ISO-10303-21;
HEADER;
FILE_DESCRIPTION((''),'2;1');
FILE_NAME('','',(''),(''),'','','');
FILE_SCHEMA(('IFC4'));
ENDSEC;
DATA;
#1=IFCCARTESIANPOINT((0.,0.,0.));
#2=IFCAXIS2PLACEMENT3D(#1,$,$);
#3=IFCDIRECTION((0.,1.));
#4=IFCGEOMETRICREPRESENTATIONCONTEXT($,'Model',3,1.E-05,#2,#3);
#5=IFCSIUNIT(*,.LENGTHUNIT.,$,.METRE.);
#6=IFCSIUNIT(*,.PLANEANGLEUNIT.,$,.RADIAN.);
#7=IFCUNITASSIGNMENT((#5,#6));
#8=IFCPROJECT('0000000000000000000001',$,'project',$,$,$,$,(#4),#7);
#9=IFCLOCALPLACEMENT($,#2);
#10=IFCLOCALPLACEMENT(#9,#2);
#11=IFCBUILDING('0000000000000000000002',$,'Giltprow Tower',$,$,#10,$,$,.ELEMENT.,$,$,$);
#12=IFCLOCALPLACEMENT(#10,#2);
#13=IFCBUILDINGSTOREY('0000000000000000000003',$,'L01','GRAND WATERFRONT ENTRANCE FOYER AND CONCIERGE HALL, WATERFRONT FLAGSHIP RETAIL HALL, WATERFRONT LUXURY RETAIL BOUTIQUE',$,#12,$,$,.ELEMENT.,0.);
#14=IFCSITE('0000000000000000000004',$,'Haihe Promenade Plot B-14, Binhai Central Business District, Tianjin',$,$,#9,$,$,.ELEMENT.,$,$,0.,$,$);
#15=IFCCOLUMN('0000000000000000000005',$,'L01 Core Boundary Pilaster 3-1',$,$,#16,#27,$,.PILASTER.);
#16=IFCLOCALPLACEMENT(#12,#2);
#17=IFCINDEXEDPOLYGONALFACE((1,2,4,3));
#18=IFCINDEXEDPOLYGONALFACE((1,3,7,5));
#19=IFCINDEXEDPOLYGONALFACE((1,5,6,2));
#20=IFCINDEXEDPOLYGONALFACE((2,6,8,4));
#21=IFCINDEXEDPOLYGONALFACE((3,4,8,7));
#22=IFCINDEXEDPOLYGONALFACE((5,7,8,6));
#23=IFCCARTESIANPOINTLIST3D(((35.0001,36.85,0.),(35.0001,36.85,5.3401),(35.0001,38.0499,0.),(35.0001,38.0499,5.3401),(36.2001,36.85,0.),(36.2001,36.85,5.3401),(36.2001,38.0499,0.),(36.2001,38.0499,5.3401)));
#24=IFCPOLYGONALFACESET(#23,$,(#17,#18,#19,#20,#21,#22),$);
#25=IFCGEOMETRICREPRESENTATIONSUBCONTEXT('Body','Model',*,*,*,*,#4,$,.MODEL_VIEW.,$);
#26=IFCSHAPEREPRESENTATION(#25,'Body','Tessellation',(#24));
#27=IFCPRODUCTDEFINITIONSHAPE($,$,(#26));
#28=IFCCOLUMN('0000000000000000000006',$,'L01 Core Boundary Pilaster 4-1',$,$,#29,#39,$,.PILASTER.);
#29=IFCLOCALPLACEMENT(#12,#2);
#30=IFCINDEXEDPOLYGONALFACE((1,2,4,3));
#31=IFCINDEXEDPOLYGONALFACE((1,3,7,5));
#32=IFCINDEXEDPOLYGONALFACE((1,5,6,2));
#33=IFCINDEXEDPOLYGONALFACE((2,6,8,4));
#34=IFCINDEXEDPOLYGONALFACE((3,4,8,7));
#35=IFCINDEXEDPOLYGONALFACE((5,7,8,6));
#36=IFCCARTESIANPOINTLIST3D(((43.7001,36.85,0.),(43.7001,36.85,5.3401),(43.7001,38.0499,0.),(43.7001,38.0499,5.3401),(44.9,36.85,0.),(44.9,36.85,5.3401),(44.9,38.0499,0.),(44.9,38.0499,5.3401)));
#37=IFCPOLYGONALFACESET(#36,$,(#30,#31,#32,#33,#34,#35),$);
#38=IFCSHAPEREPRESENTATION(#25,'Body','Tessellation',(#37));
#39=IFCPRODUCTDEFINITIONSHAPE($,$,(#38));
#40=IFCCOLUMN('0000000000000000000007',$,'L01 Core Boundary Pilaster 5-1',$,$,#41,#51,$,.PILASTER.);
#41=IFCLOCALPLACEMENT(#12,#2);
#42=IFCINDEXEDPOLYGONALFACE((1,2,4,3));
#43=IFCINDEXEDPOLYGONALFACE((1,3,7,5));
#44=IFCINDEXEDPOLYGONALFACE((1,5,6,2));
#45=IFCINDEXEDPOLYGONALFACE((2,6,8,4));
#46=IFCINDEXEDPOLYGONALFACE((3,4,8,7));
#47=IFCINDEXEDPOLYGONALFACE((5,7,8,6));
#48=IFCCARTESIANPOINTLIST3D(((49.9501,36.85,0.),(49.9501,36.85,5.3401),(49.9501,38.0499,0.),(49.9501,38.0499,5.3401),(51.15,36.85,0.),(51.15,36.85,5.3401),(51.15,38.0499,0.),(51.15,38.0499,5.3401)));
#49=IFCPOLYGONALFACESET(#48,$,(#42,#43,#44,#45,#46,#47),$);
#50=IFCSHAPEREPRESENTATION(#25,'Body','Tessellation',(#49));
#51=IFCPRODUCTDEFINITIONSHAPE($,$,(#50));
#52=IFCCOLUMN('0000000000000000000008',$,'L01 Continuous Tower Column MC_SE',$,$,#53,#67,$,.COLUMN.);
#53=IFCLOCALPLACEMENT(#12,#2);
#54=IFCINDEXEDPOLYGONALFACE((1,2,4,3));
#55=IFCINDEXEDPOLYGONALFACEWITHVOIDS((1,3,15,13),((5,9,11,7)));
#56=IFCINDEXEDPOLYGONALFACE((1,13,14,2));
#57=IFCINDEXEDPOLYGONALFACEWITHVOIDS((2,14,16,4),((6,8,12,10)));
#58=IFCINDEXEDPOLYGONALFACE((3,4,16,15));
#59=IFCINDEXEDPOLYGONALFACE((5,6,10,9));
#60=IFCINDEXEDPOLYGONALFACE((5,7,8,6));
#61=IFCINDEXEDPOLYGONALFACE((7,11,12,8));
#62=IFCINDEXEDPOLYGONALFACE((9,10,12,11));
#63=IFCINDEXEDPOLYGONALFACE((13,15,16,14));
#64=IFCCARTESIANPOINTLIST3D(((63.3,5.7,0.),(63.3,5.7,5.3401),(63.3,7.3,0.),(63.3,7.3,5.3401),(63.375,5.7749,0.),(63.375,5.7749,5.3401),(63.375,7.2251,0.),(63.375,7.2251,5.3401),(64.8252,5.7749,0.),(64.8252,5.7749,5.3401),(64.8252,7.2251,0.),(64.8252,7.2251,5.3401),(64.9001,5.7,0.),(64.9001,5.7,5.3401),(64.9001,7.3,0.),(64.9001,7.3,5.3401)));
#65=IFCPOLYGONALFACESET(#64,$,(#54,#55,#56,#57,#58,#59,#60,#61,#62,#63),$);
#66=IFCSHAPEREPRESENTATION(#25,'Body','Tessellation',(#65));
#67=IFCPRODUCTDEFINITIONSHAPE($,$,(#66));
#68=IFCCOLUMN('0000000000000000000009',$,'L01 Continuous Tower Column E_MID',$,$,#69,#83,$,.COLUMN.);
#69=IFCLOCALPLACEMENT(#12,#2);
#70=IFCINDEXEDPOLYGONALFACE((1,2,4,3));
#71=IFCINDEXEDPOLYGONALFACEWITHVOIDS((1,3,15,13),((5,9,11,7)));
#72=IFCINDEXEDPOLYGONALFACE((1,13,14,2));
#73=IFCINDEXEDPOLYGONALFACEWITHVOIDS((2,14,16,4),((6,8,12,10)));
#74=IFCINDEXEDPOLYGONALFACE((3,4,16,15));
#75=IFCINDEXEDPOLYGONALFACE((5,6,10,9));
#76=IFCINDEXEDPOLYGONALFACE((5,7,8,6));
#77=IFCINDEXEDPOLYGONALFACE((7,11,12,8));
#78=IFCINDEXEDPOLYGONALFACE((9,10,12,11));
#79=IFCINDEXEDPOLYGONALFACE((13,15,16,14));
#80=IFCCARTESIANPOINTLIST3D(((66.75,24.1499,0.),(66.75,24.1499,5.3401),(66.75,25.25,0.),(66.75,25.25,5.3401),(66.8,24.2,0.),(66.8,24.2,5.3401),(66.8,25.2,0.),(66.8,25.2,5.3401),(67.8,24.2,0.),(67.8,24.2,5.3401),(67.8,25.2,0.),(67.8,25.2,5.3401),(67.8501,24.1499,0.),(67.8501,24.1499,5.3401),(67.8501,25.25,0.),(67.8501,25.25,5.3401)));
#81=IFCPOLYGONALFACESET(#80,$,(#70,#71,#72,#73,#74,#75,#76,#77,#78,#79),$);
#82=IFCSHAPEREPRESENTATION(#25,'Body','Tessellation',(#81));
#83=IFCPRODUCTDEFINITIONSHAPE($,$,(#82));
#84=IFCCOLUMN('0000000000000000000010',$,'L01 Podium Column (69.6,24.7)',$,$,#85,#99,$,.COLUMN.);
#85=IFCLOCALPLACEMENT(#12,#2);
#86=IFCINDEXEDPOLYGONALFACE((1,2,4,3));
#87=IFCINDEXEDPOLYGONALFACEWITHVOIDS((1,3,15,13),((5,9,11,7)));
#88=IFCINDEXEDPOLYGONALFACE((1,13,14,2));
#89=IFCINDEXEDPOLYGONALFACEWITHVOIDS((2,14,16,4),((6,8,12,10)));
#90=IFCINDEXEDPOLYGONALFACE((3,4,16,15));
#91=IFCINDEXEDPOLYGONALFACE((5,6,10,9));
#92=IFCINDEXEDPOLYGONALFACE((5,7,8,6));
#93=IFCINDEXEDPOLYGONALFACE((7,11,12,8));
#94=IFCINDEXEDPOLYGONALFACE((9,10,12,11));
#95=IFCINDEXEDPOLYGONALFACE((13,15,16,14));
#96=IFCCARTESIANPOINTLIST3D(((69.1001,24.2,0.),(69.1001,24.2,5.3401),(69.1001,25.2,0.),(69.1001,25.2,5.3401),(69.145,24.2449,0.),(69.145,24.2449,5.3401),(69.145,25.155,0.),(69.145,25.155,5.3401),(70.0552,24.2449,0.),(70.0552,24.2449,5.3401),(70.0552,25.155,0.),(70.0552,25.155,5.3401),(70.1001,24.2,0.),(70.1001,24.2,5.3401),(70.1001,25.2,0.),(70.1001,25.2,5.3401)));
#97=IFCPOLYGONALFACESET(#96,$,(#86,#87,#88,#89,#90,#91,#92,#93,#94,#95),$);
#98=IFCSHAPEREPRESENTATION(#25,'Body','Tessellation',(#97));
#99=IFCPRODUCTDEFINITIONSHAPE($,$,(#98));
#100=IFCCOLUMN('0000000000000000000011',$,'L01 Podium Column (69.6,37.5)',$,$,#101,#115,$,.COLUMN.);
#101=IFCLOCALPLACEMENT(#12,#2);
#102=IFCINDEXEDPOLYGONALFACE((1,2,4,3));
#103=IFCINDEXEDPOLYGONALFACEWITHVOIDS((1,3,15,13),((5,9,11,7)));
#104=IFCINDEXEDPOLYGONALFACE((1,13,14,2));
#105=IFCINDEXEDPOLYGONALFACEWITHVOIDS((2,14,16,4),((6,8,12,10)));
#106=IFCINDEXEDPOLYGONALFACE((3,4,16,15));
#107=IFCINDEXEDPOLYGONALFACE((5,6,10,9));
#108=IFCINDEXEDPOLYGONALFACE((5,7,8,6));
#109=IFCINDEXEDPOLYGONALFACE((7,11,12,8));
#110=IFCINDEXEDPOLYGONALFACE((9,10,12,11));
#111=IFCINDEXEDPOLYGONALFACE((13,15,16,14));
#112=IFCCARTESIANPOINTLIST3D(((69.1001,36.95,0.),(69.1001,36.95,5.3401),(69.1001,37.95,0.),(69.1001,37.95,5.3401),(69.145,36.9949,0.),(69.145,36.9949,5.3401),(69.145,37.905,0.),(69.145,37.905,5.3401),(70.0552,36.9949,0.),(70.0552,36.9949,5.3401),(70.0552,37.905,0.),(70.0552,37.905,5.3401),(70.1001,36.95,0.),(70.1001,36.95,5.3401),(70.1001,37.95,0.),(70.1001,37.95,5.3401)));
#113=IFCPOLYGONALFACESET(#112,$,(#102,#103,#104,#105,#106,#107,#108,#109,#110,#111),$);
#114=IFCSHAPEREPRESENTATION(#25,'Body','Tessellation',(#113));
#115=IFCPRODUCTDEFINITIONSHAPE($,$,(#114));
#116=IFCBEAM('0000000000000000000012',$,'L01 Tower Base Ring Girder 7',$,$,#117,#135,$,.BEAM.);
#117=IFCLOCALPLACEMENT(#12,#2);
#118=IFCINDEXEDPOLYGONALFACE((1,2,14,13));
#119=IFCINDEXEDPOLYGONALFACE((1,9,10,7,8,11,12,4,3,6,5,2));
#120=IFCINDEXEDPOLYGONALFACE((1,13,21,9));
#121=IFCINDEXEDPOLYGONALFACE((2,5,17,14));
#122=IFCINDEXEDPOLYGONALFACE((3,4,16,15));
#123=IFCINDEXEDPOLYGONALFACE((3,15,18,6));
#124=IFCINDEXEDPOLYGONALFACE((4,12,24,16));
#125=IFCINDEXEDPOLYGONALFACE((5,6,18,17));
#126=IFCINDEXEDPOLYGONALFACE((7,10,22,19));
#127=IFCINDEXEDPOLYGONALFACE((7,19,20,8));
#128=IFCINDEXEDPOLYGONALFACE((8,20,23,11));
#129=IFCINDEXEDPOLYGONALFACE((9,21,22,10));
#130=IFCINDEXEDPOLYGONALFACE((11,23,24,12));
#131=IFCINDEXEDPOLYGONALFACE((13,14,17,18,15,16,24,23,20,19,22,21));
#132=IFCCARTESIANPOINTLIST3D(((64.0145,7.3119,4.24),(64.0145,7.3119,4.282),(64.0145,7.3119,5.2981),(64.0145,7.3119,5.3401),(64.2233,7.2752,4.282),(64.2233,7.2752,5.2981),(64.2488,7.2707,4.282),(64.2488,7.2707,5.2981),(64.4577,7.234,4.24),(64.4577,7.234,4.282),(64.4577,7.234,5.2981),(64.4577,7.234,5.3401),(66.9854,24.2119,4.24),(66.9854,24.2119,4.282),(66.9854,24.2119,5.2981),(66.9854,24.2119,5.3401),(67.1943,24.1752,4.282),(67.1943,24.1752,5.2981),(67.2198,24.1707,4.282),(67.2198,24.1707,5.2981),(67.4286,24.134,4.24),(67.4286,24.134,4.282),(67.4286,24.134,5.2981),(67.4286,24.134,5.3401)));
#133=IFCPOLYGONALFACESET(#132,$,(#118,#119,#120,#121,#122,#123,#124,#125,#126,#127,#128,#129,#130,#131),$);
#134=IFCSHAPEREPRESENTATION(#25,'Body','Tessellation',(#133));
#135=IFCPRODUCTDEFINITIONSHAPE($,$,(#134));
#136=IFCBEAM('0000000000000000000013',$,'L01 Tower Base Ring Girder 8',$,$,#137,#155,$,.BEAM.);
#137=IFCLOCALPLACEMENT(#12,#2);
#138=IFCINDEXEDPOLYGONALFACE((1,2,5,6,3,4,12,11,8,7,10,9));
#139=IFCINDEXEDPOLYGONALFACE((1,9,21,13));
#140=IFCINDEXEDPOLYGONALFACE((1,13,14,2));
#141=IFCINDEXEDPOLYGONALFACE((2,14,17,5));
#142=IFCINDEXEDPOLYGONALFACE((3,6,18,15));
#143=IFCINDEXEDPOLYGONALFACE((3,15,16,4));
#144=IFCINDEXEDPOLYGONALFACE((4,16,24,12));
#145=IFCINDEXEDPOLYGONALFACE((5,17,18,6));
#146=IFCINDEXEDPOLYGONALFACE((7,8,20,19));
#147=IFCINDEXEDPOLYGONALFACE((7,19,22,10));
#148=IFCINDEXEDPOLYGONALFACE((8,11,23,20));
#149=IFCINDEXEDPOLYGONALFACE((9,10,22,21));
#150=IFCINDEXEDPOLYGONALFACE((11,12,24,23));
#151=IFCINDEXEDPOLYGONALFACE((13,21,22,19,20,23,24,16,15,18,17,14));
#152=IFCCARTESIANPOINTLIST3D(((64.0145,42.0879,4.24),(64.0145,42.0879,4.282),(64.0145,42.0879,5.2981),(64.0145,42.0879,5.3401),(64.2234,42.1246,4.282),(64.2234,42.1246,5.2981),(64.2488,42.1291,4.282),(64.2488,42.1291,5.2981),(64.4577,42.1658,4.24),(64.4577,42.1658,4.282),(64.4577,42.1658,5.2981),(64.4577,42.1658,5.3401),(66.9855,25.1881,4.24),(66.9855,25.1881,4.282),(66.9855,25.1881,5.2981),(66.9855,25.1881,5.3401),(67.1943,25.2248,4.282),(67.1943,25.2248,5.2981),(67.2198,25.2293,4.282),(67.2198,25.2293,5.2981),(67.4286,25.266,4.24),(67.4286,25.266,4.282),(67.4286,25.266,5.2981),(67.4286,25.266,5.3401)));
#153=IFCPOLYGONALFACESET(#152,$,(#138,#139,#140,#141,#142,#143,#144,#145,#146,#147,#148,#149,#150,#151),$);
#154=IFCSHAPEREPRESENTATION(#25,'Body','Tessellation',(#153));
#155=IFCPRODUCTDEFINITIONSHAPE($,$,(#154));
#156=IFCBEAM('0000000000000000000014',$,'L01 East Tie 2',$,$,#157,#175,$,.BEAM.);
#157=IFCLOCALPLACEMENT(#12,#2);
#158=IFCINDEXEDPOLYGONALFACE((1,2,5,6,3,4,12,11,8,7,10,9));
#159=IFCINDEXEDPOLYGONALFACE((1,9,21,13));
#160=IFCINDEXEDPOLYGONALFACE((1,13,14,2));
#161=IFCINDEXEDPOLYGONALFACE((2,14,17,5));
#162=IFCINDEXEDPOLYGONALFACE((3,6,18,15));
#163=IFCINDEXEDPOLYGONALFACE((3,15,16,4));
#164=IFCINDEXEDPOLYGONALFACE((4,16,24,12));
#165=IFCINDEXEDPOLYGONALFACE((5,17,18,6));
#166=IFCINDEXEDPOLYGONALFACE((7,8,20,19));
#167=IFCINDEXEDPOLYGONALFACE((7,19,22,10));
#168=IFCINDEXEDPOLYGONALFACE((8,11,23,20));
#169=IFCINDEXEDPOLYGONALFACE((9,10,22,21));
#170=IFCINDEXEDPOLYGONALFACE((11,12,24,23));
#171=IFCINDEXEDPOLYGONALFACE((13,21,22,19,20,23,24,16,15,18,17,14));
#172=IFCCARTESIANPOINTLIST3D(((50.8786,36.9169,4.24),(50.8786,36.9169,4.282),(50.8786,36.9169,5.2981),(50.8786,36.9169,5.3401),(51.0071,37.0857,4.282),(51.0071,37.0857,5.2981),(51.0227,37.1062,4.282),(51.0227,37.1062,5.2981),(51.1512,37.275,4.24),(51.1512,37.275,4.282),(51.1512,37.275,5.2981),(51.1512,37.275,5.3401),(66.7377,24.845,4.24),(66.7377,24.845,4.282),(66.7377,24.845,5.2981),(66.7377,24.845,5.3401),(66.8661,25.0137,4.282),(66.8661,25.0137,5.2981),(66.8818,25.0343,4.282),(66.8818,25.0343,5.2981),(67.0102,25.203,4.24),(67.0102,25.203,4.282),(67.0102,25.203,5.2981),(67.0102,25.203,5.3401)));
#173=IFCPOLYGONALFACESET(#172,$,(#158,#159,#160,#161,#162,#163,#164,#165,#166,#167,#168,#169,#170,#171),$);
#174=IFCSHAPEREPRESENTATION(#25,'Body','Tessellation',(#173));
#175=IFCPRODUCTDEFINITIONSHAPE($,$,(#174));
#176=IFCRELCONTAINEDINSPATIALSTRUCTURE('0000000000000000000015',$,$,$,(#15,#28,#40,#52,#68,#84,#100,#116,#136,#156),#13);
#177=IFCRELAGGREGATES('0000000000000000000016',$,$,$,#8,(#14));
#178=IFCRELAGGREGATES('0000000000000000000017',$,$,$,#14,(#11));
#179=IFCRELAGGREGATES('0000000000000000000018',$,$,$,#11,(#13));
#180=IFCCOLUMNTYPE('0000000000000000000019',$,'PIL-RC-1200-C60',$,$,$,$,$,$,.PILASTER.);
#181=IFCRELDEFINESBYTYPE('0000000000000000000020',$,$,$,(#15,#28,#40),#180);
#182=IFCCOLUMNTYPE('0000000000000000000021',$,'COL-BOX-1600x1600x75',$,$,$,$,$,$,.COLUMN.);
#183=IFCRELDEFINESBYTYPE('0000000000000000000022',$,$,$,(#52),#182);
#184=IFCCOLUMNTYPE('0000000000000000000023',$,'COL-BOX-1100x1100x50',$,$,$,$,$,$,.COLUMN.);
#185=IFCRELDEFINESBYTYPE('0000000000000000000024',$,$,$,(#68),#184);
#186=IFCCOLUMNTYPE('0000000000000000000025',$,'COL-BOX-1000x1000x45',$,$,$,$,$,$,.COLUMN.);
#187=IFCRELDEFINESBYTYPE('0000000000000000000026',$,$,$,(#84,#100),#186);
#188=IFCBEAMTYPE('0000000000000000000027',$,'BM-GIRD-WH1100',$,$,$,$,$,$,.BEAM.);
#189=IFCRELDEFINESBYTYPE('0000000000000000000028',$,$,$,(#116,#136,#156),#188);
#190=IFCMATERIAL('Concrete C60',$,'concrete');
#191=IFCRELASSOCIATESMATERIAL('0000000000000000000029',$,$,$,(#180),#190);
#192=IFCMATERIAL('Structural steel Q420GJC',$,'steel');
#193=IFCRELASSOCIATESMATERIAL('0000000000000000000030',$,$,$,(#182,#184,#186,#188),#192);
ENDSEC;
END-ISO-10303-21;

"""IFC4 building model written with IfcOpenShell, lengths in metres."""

from ifc_helpers import new_model, si_unit, direction, frame, origin, origin_2d, place, context, subcontext, project, spatial, rectangle, hollow_rectangle, i_section, extrude, source, transform, mapped, material, material_profile, profile_set, type_object, element, save


model = new_model("IFC4")

# Units and contexts
model_context = context("Model", 3, precision=1e-05, world=origin(), true_north=direction((0.0, 1.0)))
body_context = subcontext(model_context, "Body", "Model", "MODEL_VIEW")
ifc_project = project(units=[si_unit("LENGTHUNIT", "METRE"), si_unit("PLANEANGLEUNIT", "RADIAN")], contexts=[model_context])

# Site, building, storey
site_placement = place(None, origin())
site = spatial("IfcSite", under=ifc_project, at=site_placement, Name="Haihe Promenade Plot B-14, Binhai Central Business District, Tianjin", CompositionType="ELEMENT", RefElevation=0.0)
building_placement = place(site_placement, origin())
building = spatial("IfcBuilding", under=site, at=building_placement, Name="Giltprow Tower", CompositionType="ELEMENT")
storey_placement = place(building_placement, origin())
storey = spatial("IfcBuildingStorey", under=building, at=storey_placement, Name="L01", Description="GRAND WATERFRONT ENTRANCE FOYER AND CONCIERGE HALL, WATERFRONT FLAGSHIP RETAIL HALL, WATERFRONT LUXURY RETAIL BOUTIQUE", CompositionType="ELEMENT", Elevation=0.0)

# Columns
ifc_material_1 = material(Name="Concrete C60", Category="concrete")
ifc_material_profile_1 = material_profile(ifc_material_1, rectangle(XDim=1.2, YDim=1.2, at=origin_2d()), Name="RC 1200x1200")
ifc_profile_set_1 = profile_set([ifc_material_profile_1], Name="Concrete C60")
column_type_1 = type_object("IfcColumnType", Name="PIL-RC-1200-C60", PredefinedType="PILASTER", material=ifc_profile_set_1)
shared_shape_1 = source(origin(), body_context, "Body", "SweptSolid", [
    extrude(rectangle(XDim=1.2, YDim=1.2, at=origin_2d()), origin(), (0.0, 0.0, 1.0), 5.3401),
])
for number, where, z_axis, x_axis, name in (
    (1, (35.6001, 37.45, 0.0), (0.0, 0.0, 1.0), (1.0, 0.0, 0.0), "L01 Core Boundary Pilaster 3-1"),
    (2, (44.3, 37.45, 0.0), (0.0, 0.0, 1.0), (1.0, 0.0, 0.0), "L01 Core Boundary Pilaster 4-1"),
    (3, (50.55, 37.45, 0.0), (0.0, 0.0, 1.0), (1.0, 0.0, 0.0), "L01 Core Boundary Pilaster 5-1"),
):
    element("IfcColumn", number, at=place(storey_placement, frame(where, z_axis=z_axis, x_axis=x_axis)), inside=storey, type_object=column_type_1, Name=name, PredefinedType="PILASTER", context=body_context, shape_type="MappedRepresentation", body=[
        mapped(shared_shape_1, transform((0.0, 0.0, 0.0), x_axis=(1.0, 0.0, 0.0), y_axis=(0.0, 1.0, 0.0), z_axis=(0.0, 0.0, 1.0), scale=1.0)),
    ])
ifc_material_2 = material(Name="Structural steel Q420GJC", Category="steel")
ifc_material_profile_2 = material_profile(ifc_material_2, hollow_rectangle(XDim=1.6001, YDim=1.6001, WallThickness=0.075, at=origin_2d()), Name="BOX 1600x1600x75")
ifc_profile_set_2 = profile_set([ifc_material_profile_2], Name="Structural steel Q420GJC")
column_type_2 = type_object("IfcColumnType", Name="COL-BOX-1600x1600x75", PredefinedType="COLUMN", material=ifc_profile_set_2)
shared_shape_2 = source(origin(), body_context, "Body", "SweptSolid", [
    extrude(hollow_rectangle(XDim=1.6001, YDim=1.6001, WallThickness=0.075, at=origin_2d()), origin(), (0.0, 0.0, 1.0), 5.3401),
])
column_1_placement = place(storey_placement, frame((64.1001, 6.5, 0.0), z_axis=(0.0, 0.0, 1.0), x_axis=(1.0, 0.0, 0.0)))
element("IfcColumn", 4, at=column_1_placement, inside=storey, type_object=column_type_2, Name="L01 Continuous Tower Column MC_SE", PredefinedType="COLUMN", context=body_context, shape_type="MappedRepresentation", body=[
    mapped(shared_shape_2, transform((0.0, 0.0, 0.0), x_axis=(1.0, 0.0, 0.0), y_axis=(0.0, 1.0, 0.0), z_axis=(0.0, 0.0, 1.0), scale=1.0)),
])
ifc_material_profile_3 = material_profile(ifc_material_2, hollow_rectangle(XDim=1.1001, YDim=1.1001, WallThickness=0.05, at=origin_2d()), Name="BOX 1100x1100x50")
ifc_profile_set_3 = profile_set([ifc_material_profile_3], Name="Structural steel Q420GJC")
column_type_3 = type_object("IfcColumnType", Name="COL-BOX-1100x1100x50", PredefinedType="COLUMN", material=ifc_profile_set_3)
shared_shape_3 = source(origin(), body_context, "Body", "SweptSolid", [
    extrude(hollow_rectangle(XDim=1.1001, YDim=1.1001, WallThickness=0.05, at=origin_2d()), origin(), (0.0, 0.0, 1.0), 5.3401),
])
column_2_placement = place(storey_placement, frame((67.3, 24.7, 0.0), z_axis=(0.0, 0.0, 1.0), x_axis=(1.0, 0.0, 0.0)))
element("IfcColumn", 5, at=column_2_placement, inside=storey, type_object=column_type_3, Name="L01 Continuous Tower Column E_MID", PredefinedType="COLUMN", context=body_context, shape_type="MappedRepresentation", body=[
    mapped(shared_shape_3, transform((0.0, 0.0, 0.0), x_axis=(1.0, 0.0, 0.0), y_axis=(0.0, 1.0, 0.0), z_axis=(0.0, 0.0, 1.0), scale=1.0)),
])
ifc_material_profile_4 = material_profile(ifc_material_2, hollow_rectangle(XDim=1.0, YDim=1.0, WallThickness=0.0449, at=origin_2d()), Name="BOX 1000x1000x45")
ifc_profile_set_4 = profile_set([ifc_material_profile_4], Name="Structural steel Q420GJC")
column_type_4 = type_object("IfcColumnType", Name="COL-BOX-1000x1000x45", PredefinedType="COLUMN", material=ifc_profile_set_4)
shared_shape_4 = source(origin(), body_context, "Body", "SweptSolid", [
    extrude(hollow_rectangle(XDim=1.0, YDim=1.0, WallThickness=0.0449, at=origin_2d()), origin(), (0.0, 0.0, 1.0), 5.3401),
])
for number, where, z_axis, x_axis, name in (
    (6, (69.6001, 24.7, 0.0), (0.0, 0.0, 1.0), (1.0, 0.0, 0.0), "L01 Podium Column (69.6,24.7)"),
    (7, (69.6001, 37.45, 0.0), (0.0, 0.0, 1.0), (1.0, 0.0, 0.0), "L01 Podium Column (69.6,37.5)"),
):
    element("IfcColumn", number, at=place(storey_placement, frame(where, z_axis=z_axis, x_axis=x_axis)), inside=storey, type_object=column_type_4, Name=name, PredefinedType="COLUMN", context=body_context, shape_type="MappedRepresentation", body=[
        mapped(shared_shape_4, transform((0.0, 0.0, 0.0), x_axis=(1.0, 0.0, 0.0), y_axis=(0.0, 1.0, 0.0), z_axis=(0.0, 0.0, 1.0), scale=1.0)),
    ])

# Beams
ifc_material_profile_5 = material_profile(ifc_material_2, i_section(OverallWidth=0.45, OverallDepth=1.1001, WebThickness=0.0259, FlangeThickness=0.042, at=origin_2d()), Name="WH 1100x450x26x42")
ifc_profile_set_5 = profile_set([ifc_material_profile_5], Name="Structural steel Q420GJC")
beam_type_1 = type_object("IfcBeamType", Name="BM-GIRD-WH1100", PredefinedType="BEAM", material=ifc_profile_set_5)
shared_shape_5 = source(origin(), body_context, "Body", "SweptSolid", [
    extrude(i_section(OverallWidth=0.45, OverallDepth=1.1001, WebThickness=0.0259, FlangeThickness=0.042, at=origin_2d()), origin(), (0.0, 0.0, 1.0), 17.1592),
])
beam_1_placement = place(storey_placement, frame((64.2361, 7.2729, 4.79), z_axis=(0.173139, 0.984897, 0.0), x_axis=(-0.984897, 0.173139, 0.0)))
element("IfcBeam", 8, at=beam_1_placement, inside=storey, type_object=beam_type_1, Name="L01 Tower Base Ring Girder 7", PredefinedType="BEAM", context=body_context, shape_type="MappedRepresentation", body=[
    mapped(shared_shape_5, transform((0.0, 0.0, 0.0), x_axis=(1.0, 0.0, 0.0), y_axis=(0.0, 1.0, 0.0), z_axis=(0.0, 0.0, 1.0), scale=1.0)),
])
shared_shape_6 = source(origin(), body_context, "Body", "SweptSolid", [
    extrude(i_section(OverallWidth=0.45, OverallDepth=1.1001, WebThickness=0.0259, FlangeThickness=0.042, at=origin_2d()), origin(), (0.0, 0.0, 1.0), 17.1589),
])
beam_2_placement = place(storey_placement, frame((67.207, 25.2271, 4.79), z_axis=(-0.173142, 0.984897, 0.0), x_axis=(-0.984897, -0.173142, 0.0)))
element("IfcBeam", 9, at=beam_2_placement, inside=storey, type_object=beam_type_1, Name="L01 Tower Base Ring Girder 8", PredefinedType="BEAM", context=body_context, shape_type="MappedRepresentation", body=[
    mapped(shared_shape_6, transform((0.0, 0.0, 0.0), x_axis=(1.0, 0.0, 0.0), y_axis=(0.0, 1.0, 0.0), z_axis=(0.0, 0.0, 1.0), scale=1.0)),
])
shared_shape_7 = source(origin(), body_context, "Body", "SweptSolid", [
    extrude(i_section(OverallWidth=0.45, OverallDepth=1.1001, WebThickness=0.0259, FlangeThickness=0.042, at=origin_2d()), origin(), (0.0, 0.0, 1.0), 19.9309),
])
beam_3_placement = place(storey_placement, frame((51.0149, 37.0959, 4.79), z_axis=(0.795701, -0.60569, 0.0), x_axis=(0.60569, 0.795701, 0.0)))
element("IfcBeam", 10, at=beam_3_placement, inside=storey, type_object=beam_type_1, Name="L01 East Tie 2", PredefinedType="BEAM", context=body_context, shape_type="MappedRepresentation", body=[
    mapped(shared_shape_7, transform((0.0, 0.0, 0.0), x_axis=(1.0, 0.0, 0.0), y_axis=(0.0, 1.0, 0.0), z_axis=(0.0, 0.0, 1.0), scale=1.0)),
])

save(model, "model.ifc")
